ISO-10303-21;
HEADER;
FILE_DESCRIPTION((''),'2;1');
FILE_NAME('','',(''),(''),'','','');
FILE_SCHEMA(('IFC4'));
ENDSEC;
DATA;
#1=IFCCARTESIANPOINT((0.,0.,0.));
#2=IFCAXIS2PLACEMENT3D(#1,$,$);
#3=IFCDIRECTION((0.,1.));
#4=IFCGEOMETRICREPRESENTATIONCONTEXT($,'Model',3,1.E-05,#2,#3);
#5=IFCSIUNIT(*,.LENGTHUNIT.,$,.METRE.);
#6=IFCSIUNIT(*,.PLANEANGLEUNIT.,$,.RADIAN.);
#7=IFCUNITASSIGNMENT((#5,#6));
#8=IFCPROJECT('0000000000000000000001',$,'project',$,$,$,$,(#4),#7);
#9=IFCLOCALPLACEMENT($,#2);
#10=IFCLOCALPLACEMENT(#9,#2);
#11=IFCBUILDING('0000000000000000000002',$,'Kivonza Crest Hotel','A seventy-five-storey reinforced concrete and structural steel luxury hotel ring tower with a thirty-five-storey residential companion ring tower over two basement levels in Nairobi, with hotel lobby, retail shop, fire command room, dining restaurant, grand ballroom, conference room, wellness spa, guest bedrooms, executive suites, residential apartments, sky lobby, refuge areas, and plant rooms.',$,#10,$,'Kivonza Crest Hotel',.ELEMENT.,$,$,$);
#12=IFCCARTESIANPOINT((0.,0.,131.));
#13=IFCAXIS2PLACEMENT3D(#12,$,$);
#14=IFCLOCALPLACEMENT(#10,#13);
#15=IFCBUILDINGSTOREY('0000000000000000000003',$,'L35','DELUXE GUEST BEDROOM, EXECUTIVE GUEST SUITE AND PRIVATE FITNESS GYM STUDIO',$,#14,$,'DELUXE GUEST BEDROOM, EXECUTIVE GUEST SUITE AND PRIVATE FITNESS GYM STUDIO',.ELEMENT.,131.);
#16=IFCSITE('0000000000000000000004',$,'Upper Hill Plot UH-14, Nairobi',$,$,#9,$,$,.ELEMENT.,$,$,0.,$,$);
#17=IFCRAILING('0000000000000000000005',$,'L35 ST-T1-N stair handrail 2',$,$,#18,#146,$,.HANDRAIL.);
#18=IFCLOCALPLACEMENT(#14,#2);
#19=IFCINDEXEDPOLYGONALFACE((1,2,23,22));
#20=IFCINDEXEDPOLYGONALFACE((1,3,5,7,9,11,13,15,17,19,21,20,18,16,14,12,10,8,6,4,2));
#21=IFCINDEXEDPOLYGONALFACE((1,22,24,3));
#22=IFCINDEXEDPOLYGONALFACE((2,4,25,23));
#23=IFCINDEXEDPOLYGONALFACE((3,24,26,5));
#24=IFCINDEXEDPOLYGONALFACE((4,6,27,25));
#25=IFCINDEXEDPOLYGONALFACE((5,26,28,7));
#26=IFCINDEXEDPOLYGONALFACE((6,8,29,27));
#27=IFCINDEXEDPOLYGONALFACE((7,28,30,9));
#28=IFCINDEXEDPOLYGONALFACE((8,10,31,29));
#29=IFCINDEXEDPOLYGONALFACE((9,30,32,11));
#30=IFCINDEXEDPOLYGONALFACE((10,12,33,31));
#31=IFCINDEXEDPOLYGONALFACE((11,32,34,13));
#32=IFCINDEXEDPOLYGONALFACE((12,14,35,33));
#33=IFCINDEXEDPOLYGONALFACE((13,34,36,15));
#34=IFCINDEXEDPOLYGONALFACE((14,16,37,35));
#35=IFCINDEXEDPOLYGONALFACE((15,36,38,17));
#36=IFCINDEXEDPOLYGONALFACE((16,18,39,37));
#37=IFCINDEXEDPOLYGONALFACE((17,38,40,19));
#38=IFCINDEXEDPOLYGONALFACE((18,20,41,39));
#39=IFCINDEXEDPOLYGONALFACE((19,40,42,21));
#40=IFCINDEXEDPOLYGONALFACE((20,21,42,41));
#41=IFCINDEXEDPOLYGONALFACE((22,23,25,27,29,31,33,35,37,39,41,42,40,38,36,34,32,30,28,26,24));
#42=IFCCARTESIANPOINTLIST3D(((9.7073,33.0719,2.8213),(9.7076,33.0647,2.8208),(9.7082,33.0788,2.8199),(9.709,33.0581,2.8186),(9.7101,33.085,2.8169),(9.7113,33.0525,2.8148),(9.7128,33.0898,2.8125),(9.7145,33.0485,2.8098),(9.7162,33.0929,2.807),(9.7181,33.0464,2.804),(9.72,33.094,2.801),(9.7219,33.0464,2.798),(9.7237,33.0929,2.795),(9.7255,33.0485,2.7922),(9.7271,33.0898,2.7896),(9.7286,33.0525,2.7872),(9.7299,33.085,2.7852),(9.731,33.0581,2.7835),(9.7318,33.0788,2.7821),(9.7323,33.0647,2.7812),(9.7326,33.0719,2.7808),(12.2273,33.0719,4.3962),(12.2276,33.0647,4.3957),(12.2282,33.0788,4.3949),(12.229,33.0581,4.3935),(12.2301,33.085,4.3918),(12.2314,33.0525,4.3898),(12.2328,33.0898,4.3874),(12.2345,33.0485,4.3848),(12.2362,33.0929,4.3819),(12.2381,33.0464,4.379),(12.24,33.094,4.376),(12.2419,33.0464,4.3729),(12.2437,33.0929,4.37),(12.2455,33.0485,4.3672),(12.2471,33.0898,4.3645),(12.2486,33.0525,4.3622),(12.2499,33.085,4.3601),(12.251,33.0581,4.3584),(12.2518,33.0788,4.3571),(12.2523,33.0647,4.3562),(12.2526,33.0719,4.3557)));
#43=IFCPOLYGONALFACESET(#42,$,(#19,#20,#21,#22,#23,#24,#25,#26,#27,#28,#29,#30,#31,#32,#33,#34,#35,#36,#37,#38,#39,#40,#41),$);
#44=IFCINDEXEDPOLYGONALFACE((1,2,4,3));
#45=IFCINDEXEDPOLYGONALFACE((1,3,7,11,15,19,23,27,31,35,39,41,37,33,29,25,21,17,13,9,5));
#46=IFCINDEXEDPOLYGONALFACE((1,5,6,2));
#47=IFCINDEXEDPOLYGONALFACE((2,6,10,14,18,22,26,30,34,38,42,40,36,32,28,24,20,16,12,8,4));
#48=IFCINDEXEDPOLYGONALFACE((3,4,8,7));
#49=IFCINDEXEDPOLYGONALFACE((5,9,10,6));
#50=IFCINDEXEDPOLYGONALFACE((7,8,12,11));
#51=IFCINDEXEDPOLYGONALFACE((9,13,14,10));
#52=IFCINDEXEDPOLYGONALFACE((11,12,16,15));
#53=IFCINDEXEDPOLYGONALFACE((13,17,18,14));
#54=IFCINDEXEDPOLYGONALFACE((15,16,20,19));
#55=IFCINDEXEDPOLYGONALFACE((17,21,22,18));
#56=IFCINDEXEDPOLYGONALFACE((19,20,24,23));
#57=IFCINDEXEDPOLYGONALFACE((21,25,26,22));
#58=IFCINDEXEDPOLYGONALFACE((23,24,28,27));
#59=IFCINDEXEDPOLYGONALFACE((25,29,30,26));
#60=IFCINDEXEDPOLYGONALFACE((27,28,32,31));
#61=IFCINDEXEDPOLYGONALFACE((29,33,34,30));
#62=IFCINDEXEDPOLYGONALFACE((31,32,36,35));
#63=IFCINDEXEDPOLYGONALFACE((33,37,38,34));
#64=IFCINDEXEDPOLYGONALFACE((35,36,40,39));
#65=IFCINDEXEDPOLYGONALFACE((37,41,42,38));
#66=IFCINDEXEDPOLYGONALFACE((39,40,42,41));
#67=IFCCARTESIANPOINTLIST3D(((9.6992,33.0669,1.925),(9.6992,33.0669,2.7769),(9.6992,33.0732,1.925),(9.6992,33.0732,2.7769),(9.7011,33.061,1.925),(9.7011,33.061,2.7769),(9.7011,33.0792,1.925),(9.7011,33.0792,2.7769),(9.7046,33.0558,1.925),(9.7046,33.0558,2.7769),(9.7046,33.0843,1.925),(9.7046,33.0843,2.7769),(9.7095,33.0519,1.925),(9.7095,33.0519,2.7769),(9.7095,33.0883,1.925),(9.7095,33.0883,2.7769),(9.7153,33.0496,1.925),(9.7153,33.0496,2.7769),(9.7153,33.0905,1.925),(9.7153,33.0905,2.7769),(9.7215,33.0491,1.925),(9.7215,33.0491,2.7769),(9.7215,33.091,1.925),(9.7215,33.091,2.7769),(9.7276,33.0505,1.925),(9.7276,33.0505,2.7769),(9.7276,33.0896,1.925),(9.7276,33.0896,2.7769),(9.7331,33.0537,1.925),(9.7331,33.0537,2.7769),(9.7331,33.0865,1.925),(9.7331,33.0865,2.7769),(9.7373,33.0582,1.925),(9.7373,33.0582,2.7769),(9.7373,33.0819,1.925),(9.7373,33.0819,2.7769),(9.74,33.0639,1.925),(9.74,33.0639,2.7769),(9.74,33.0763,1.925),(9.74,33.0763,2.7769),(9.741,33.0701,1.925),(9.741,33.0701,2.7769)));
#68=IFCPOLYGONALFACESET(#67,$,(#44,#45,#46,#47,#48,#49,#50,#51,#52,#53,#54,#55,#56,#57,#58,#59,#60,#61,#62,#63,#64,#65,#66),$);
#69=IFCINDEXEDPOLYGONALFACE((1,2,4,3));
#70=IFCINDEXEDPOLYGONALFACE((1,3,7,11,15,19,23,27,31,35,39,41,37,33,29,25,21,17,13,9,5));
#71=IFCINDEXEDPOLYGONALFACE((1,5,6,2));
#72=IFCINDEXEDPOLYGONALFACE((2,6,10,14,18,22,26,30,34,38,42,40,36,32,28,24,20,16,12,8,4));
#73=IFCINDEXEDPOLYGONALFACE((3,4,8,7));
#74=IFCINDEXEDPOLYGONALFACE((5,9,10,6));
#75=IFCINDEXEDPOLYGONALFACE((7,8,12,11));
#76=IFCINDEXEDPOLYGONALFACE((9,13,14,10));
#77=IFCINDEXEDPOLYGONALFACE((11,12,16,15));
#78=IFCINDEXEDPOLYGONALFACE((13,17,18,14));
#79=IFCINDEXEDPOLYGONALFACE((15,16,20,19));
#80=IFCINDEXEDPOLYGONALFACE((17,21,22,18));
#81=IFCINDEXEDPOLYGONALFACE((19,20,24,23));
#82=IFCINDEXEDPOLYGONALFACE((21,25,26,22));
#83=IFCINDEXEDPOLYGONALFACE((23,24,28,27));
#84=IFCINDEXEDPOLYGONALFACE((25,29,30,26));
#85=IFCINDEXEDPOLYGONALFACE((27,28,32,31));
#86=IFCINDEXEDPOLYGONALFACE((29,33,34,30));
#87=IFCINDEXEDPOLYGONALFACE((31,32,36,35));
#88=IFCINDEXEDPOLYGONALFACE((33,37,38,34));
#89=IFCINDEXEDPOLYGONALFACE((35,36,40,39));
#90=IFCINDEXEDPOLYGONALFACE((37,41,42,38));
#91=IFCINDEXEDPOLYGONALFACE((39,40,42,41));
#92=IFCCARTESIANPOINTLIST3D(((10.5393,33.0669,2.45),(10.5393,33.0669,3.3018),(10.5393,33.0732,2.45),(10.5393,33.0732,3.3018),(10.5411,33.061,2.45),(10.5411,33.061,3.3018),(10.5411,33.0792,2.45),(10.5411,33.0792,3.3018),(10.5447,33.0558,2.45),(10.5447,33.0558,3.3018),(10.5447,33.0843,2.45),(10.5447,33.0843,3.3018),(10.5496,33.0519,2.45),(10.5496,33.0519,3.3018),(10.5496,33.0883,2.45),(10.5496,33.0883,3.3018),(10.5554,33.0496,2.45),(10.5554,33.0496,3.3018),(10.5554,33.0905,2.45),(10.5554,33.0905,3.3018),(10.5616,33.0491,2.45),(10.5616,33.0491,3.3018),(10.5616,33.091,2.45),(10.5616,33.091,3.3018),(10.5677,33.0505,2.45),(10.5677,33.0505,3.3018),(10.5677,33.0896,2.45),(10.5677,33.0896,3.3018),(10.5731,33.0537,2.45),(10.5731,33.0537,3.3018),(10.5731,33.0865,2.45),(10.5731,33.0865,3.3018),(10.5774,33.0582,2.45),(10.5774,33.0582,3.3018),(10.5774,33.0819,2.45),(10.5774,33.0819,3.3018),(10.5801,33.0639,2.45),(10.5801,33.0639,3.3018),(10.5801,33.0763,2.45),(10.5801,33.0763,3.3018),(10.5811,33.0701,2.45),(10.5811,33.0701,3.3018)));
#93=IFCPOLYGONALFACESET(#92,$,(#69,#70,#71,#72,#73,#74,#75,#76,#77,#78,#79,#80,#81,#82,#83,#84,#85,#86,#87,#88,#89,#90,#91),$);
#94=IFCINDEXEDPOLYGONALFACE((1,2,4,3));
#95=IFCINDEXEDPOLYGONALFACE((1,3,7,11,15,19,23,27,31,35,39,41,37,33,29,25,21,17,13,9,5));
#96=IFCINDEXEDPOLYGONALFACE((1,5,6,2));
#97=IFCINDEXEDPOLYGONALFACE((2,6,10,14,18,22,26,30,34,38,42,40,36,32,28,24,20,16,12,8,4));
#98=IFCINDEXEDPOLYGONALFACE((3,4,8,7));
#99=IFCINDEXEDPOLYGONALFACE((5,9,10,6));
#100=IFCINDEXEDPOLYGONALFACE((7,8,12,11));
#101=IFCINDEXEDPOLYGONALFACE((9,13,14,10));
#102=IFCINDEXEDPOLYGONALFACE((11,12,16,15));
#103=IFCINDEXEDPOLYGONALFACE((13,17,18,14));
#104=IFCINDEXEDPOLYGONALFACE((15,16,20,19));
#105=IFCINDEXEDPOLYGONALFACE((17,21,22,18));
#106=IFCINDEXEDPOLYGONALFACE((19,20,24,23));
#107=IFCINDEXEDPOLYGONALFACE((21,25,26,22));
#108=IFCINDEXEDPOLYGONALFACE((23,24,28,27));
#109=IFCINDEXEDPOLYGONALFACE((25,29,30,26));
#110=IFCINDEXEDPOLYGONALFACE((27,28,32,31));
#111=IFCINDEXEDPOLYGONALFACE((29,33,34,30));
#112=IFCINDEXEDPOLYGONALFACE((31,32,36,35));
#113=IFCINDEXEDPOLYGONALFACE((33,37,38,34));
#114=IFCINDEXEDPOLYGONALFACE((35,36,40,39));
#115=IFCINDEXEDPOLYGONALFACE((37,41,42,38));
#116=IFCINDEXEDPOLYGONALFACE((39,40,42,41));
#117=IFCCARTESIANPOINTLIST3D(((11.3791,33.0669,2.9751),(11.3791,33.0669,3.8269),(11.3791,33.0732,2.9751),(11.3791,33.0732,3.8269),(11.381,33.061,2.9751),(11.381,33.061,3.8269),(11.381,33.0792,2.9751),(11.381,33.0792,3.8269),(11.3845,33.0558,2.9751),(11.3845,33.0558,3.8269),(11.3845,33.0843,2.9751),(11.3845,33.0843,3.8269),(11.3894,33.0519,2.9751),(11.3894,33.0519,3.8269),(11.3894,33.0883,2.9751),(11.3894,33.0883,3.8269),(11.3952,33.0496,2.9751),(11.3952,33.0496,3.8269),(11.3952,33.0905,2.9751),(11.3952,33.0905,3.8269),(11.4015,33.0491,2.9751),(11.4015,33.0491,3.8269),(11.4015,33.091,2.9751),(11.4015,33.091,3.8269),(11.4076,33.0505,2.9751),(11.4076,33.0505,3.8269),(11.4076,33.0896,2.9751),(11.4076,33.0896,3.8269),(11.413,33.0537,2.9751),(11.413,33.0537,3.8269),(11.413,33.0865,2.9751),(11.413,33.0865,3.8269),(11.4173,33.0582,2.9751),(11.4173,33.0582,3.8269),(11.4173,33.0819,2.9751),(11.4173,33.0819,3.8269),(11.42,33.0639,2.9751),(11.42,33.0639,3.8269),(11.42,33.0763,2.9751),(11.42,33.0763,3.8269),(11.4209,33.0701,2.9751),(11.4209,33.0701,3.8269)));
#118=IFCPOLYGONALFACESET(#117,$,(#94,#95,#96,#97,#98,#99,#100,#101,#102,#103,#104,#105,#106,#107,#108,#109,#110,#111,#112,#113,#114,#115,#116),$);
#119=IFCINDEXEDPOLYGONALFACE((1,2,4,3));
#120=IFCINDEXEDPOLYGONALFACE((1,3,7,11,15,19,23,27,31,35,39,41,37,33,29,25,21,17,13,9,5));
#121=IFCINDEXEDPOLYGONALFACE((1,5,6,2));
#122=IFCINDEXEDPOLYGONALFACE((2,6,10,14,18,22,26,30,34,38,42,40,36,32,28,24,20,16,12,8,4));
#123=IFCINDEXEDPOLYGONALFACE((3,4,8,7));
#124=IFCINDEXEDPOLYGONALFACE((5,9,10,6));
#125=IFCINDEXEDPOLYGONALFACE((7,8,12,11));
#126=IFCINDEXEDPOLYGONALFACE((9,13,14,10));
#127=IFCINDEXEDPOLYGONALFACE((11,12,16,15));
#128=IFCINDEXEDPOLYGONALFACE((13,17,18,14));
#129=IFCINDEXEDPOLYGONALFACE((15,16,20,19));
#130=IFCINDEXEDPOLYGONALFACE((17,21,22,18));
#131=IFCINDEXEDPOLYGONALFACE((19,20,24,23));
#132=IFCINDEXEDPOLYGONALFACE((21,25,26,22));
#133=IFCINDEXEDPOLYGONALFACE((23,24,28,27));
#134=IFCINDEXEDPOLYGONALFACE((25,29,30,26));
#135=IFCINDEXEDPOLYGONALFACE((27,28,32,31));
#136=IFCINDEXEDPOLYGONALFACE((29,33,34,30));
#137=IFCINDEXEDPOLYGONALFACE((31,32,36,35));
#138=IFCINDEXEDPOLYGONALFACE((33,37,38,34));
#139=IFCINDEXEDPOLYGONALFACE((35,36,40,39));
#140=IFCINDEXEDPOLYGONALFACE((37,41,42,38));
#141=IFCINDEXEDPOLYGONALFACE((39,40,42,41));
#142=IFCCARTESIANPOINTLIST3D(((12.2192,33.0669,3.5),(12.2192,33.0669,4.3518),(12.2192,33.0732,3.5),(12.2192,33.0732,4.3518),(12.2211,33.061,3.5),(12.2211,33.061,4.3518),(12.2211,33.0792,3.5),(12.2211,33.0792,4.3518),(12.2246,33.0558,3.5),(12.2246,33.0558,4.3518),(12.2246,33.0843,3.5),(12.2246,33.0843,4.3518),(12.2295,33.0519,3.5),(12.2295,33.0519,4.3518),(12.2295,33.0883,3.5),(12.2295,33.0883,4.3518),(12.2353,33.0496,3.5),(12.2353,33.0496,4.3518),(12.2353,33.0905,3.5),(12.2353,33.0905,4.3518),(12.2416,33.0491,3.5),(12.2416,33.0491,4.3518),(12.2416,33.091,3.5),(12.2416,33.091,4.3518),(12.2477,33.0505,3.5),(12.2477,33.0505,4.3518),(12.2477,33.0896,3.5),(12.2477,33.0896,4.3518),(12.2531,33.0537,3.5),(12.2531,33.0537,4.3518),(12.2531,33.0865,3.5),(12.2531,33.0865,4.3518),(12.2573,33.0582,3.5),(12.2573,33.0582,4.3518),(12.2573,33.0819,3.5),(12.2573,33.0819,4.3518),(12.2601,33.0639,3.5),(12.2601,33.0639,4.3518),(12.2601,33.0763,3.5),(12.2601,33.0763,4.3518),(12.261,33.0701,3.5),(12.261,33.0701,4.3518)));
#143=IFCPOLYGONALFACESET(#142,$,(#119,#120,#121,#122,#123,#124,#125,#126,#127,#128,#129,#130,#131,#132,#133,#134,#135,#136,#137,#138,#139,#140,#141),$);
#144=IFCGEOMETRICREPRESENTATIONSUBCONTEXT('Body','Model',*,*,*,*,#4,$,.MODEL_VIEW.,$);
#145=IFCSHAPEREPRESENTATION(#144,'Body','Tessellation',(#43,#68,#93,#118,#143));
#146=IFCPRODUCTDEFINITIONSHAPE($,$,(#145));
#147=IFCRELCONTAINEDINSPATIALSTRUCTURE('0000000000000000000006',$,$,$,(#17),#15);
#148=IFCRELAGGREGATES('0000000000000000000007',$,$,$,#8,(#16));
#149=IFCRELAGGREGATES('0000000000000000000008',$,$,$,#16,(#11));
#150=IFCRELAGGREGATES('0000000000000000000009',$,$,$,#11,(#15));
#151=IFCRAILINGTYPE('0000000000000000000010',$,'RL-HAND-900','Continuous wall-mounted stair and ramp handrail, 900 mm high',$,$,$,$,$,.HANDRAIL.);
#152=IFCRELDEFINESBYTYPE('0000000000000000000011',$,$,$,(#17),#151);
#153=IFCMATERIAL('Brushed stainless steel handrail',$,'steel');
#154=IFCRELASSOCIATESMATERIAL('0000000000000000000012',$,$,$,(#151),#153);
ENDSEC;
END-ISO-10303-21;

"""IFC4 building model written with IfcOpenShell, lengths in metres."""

from ifc_helpers import new_model, si_unit, direction, frame, origin, origin_2d, place, context, subcontext, project, spatial, circle, extrude, material, type_object, element, save


model = new_model("IFC4")

# Units and contexts
model_context = context("Model", 3, precision=1e-05, world=origin(), true_north=direction((0.0, 1.0)))
body_context = subcontext(model_context, "Body", "Model", "MODEL_VIEW")
ifc_project = project(units=[si_unit("LENGTHUNIT", "METRE"), si_unit("PLANEANGLEUNIT", "RADIAN")], contexts=[model_context])

# Site, building, storey
site_placement = place(None, origin())
site = spatial("IfcSite", under=ifc_project, at=site_placement, Name="Upper Hill Plot UH-14, Nairobi", CompositionType="ELEMENT", RefElevation=0.0)
building_placement = place(site_placement, origin())
building = spatial("IfcBuilding", under=site, at=building_placement, Name="Kivonza Crest Hotel", Description="A seventy-five-storey reinforced concrete and structural steel luxury hotel ring tower with a thirty-five-storey residential companion ring tower over two basement levels in Nairobi, with hotel lobby, retail shop, fire command room, dining restaurant, grand ballroom, conference room, wellness spa, guest bedrooms, executive suites, residential apartments, sky lobby, refuge areas, and plant rooms.", LongName="Kivonza Crest Hotel", CompositionType="ELEMENT")
storey_placement = place(building_placement, frame((0.0, 0.0, 131.0)))
storey = spatial("IfcBuildingStorey", under=building, at=storey_placement, Name="L35", Description="DELUXE GUEST BEDROOM, EXECUTIVE GUEST SUITE AND PRIVATE FITNESS GYM STUDIO", LongName="DELUXE GUEST BEDROOM, EXECUTIVE GUEST SUITE AND PRIVATE FITNESS GYM STUDIO", CompositionType="ELEMENT", Elevation=131.0)

# Railing
ifc_material_1 = material(Name="Brushed stainless steel handrail", Category="steel")
railing_type_1 = type_object("IfcRailingType", Name="RL-HAND-900", Description="Continuous wall-mounted stair and ramp handrail, 900 mm high", PredefinedType="HANDRAIL", material=ifc_material_1)
railing_1_placement = place(storey_placement, frame((9.72, 33.0701, 1.925)))
element("IfcRailing", 1, at=railing_1_placement, inside=storey, type_object=railing_type_1, Name="L35 ST-T1-N stair handrail 2", PredefinedType="HANDRAIL", context=body_context, shape_type="SweptSolid", body=[
    extrude(circle(Radius=0.0239, at=origin_2d()), frame((0.0, 0.0, 0.876), z_axis=(0.848008, 0.0, 0.529984), x_axis=(0.0, 1.0, 0.0)), (0.0, 0.0, 1.0), 2.9717),
    extrude(circle(Radius=0.021, at=origin_2d()), origin(), (0.0, 0.0, 1.0), 0.8518),
    extrude(circle(Radius=0.021, at=origin_2d()), frame((0.8401, 0.0, 0.5249)), (0.0, 0.0, 1.0), 0.8518),
    extrude(circle(Radius=0.021, at=origin_2d()), frame((1.6799, 0.0, 1.05)), (0.0, 0.0, 1.0), 0.8518),
    extrude(circle(Radius=0.021, at=origin_2d()), frame((2.52, 0.0, 1.575)), (0.0, 0.0, 1.0), 0.8518),
])

save(model, "model.ifc")
